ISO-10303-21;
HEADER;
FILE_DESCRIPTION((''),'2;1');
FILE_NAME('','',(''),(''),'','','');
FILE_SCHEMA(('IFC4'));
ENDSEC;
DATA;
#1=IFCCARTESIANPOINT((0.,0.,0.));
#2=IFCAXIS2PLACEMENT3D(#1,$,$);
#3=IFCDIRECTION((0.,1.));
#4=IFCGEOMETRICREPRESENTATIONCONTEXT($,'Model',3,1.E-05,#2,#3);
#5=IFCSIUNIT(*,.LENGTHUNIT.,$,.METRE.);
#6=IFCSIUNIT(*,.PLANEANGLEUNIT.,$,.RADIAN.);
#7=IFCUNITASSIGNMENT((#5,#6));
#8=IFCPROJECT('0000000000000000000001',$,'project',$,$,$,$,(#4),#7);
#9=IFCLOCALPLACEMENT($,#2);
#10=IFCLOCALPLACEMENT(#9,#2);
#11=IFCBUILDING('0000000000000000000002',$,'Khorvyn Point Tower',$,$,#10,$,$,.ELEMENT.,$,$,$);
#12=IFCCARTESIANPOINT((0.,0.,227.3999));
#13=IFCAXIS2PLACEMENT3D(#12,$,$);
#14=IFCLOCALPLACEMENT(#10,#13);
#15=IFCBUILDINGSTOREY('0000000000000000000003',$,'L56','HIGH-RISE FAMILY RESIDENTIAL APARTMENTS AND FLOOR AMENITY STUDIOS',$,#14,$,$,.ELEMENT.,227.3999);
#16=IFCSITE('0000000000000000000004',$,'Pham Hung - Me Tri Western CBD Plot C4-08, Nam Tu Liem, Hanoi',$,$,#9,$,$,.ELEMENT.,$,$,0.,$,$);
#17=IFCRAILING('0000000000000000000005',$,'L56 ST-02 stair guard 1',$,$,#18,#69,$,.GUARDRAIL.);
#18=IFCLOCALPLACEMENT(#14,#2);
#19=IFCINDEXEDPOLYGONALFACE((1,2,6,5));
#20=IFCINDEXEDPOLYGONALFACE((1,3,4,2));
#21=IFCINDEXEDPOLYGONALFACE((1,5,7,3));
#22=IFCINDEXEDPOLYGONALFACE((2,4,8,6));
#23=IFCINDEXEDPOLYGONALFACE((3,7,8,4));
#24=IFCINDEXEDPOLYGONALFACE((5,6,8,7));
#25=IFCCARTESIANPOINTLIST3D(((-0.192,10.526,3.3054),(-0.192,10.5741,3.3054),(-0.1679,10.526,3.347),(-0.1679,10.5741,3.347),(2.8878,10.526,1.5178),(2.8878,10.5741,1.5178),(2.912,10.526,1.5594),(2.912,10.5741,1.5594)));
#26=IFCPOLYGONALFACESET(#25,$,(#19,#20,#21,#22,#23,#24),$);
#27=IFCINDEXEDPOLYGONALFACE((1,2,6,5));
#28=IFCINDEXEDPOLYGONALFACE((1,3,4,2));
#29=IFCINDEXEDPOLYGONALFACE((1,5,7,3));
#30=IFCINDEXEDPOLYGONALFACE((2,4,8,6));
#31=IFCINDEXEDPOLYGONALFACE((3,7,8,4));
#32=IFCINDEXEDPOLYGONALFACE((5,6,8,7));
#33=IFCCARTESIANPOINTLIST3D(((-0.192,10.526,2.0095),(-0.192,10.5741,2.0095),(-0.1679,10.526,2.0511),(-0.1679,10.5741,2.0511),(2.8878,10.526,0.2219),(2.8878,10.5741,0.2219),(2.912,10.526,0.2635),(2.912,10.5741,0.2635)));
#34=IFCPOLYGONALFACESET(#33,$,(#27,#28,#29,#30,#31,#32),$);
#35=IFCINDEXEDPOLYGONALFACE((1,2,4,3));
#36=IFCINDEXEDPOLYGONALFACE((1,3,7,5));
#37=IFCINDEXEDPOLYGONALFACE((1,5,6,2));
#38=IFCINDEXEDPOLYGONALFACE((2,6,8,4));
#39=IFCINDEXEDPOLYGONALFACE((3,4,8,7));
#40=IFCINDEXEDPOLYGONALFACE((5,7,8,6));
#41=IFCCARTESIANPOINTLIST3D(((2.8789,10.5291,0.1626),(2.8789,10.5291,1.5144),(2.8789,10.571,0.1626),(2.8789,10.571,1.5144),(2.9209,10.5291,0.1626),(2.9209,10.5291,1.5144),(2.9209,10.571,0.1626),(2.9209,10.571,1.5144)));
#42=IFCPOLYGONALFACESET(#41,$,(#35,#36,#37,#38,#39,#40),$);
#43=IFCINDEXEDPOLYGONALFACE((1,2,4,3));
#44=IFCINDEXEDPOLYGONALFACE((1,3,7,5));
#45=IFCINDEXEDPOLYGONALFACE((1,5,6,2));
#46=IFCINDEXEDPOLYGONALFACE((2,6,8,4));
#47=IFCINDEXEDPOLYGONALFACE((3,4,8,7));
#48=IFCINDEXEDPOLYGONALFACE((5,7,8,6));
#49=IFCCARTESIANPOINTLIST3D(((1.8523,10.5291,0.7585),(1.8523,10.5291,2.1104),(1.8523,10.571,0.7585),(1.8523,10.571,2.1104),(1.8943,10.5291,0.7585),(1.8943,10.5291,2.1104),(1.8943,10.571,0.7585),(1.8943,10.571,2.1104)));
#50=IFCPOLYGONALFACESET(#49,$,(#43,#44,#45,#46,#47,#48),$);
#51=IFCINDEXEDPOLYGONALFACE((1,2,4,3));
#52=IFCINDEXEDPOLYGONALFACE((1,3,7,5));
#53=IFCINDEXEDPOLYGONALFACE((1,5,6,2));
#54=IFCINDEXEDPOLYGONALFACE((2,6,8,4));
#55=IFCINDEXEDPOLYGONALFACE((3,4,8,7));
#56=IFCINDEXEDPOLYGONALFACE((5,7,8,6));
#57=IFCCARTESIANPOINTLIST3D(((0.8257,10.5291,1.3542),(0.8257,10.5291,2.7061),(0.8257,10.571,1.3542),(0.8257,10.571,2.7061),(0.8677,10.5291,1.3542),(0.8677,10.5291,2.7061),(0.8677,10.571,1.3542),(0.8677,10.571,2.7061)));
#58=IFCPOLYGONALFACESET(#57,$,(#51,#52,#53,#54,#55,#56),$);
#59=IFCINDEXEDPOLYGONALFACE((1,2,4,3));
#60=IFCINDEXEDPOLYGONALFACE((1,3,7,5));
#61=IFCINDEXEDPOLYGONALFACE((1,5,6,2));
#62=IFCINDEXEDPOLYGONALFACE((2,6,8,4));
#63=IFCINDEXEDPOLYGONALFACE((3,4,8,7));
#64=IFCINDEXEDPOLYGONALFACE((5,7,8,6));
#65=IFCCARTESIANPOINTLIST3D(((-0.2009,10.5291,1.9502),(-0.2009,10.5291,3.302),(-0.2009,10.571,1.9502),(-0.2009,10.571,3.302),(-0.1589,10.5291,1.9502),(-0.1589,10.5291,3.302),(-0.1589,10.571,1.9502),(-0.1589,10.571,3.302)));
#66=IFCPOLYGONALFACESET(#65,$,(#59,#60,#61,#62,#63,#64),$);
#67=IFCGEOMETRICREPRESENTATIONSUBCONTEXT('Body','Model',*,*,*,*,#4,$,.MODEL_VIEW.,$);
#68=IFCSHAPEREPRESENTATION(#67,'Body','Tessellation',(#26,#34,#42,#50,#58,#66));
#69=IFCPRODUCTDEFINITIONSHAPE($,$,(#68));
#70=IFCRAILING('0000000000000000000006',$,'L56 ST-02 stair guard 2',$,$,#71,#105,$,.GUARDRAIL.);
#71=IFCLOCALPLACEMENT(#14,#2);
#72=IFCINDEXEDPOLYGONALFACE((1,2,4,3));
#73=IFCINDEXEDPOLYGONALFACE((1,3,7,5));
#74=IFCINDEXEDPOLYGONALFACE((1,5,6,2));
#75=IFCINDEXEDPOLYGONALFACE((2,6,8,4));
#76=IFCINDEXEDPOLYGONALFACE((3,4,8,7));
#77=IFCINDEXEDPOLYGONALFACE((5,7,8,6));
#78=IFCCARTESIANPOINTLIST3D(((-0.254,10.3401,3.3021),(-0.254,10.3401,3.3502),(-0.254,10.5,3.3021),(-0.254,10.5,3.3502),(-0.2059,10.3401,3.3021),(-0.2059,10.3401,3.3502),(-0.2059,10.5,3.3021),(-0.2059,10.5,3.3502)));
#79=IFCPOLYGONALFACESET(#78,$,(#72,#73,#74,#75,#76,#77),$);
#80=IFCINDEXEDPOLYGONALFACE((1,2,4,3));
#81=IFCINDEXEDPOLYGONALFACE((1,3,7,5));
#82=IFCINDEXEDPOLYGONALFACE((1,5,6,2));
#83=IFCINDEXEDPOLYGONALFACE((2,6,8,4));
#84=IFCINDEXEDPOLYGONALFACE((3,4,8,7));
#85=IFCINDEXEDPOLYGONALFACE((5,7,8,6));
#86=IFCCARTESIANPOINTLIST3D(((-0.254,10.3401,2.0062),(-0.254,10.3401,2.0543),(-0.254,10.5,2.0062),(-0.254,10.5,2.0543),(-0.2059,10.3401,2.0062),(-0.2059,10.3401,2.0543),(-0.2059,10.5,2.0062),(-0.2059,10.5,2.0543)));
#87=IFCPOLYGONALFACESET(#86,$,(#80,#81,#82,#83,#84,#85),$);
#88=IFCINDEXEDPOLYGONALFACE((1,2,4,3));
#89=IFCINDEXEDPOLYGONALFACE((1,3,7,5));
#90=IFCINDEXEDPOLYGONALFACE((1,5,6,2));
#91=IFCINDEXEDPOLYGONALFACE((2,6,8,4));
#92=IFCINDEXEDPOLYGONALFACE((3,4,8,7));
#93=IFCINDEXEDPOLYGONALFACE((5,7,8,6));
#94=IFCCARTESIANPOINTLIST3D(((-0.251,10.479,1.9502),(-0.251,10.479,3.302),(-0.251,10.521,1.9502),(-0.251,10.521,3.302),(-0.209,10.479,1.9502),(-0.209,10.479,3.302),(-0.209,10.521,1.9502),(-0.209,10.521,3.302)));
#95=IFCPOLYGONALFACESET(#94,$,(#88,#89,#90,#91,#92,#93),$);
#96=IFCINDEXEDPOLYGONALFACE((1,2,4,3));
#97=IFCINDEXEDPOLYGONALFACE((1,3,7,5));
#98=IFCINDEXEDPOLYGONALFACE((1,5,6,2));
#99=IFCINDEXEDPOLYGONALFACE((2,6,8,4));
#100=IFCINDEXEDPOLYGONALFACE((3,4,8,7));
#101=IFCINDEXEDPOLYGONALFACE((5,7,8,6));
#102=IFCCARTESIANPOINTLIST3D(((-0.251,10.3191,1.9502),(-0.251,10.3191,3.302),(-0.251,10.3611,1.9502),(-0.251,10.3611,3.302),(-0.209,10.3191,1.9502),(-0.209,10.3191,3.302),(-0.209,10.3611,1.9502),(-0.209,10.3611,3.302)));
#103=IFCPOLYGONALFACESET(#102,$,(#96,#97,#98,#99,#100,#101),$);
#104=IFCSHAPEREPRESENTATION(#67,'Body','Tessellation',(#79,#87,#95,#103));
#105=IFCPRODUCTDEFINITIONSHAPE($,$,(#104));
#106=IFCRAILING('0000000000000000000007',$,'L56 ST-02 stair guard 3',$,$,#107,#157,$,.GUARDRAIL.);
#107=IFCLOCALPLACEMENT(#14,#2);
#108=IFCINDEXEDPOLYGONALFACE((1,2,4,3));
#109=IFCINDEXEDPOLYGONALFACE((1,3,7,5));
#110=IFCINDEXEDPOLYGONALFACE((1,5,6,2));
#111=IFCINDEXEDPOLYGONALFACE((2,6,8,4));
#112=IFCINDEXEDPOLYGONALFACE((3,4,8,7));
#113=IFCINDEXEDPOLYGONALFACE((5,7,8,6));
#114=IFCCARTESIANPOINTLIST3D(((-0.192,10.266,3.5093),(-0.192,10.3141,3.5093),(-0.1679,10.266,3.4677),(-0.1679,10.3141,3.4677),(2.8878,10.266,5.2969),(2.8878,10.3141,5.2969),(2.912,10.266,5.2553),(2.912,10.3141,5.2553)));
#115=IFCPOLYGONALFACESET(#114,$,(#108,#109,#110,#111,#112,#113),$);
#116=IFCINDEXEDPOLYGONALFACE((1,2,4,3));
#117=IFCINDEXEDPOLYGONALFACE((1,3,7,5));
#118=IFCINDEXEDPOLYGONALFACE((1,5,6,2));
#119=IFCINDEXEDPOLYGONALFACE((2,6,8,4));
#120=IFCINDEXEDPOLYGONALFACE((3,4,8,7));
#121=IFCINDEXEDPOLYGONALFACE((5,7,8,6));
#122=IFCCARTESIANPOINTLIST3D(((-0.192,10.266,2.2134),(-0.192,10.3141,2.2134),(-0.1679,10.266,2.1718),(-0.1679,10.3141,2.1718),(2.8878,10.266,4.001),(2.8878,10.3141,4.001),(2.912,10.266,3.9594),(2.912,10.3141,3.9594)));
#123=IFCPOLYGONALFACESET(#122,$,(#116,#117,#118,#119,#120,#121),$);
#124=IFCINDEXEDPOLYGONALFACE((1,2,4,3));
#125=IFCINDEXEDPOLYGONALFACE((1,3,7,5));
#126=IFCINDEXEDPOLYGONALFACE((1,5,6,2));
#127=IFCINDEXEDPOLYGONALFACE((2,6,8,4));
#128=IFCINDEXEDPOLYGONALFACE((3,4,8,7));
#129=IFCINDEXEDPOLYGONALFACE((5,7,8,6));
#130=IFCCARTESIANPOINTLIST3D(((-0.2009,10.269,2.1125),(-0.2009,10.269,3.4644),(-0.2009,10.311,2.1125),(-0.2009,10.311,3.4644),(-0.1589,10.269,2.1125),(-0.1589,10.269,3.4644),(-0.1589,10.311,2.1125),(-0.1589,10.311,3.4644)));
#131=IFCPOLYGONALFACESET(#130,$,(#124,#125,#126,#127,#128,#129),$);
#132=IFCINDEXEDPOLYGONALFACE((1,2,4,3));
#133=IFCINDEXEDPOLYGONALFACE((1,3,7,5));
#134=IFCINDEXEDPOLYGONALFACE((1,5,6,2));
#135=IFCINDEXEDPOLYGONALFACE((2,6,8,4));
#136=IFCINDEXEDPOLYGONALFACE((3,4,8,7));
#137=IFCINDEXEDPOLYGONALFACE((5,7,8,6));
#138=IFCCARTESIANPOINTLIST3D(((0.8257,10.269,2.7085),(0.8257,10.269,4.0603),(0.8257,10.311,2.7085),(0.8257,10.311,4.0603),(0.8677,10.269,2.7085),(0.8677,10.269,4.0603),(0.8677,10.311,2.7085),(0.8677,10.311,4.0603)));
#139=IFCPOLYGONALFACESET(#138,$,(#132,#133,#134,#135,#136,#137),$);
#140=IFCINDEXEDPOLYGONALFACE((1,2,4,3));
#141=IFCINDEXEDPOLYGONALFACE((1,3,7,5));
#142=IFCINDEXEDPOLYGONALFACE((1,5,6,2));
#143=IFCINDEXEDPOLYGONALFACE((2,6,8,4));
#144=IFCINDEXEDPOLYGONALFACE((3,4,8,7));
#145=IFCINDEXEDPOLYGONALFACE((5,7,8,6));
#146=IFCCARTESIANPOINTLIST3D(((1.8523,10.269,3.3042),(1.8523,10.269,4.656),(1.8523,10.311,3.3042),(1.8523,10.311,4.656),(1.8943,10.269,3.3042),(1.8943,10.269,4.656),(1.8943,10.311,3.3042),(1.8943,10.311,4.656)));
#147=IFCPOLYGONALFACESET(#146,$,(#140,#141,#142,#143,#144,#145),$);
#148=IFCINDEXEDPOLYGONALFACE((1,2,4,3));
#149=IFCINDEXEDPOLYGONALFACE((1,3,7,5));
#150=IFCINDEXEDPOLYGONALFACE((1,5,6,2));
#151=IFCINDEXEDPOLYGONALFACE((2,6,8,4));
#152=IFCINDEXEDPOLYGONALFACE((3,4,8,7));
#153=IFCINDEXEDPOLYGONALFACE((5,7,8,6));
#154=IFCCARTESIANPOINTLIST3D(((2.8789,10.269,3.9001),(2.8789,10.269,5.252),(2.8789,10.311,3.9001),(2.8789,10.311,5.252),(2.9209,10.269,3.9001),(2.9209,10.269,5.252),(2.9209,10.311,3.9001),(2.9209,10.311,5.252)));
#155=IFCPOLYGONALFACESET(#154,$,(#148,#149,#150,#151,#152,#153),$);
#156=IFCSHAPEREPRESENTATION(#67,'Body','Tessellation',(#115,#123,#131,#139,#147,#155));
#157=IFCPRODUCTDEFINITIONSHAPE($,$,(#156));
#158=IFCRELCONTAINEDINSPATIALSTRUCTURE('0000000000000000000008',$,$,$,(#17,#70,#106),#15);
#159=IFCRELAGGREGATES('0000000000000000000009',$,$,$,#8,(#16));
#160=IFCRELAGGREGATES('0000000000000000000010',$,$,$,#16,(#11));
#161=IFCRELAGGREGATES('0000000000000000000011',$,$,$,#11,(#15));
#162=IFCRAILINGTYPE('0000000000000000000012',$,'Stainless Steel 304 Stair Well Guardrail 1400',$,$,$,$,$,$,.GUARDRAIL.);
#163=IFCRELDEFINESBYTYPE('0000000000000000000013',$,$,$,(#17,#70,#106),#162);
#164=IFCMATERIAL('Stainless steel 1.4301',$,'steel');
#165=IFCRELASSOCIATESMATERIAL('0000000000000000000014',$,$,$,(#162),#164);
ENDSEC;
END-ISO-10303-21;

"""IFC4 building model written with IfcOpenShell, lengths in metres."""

from ifc_helpers import new_model, si_unit, direction, frame, origin, origin_2d, place, context, subcontext, project, spatial, rectangle, extrude, material, type_object, element, save


model = new_model("IFC4")

# Units and contexts
model_context = context("Model", 3, precision=1e-05, world=origin(), true_north=direction((0.0, 1.0)))
body_context = subcontext(model_context, "Body", "Model", "MODEL_VIEW")
ifc_project = project(units=[si_unit("LENGTHUNIT", "METRE"), si_unit("PLANEANGLEUNIT", "RADIAN")], contexts=[model_context])

# Site, building, storey
site_placement = place(None, origin())
site = spatial("IfcSite", under=ifc_project, at=site_placement, Name="Pham Hung - Me Tri Western CBD Plot C4-08, Nam Tu Liem, Hanoi", CompositionType="ELEMENT", RefElevation=0.0)
building_placement = place(site_placement, origin())
building = spatial("IfcBuilding", under=site, at=building_placement, Name="Khorvyn Point Tower", CompositionType="ELEMENT")
storey_placement = place(building_placement, frame((0.0, 0.0, 227.3999)))
storey = spatial("IfcBuildingStorey", under=building, at=storey_placement, Name="L56", Description="HIGH-RISE FAMILY RESIDENTIAL APARTMENTS AND FLOOR AMENITY STUDIOS", CompositionType="ELEMENT", Elevation=227.3999)

# Railings
ifc_material_1 = material(Name="Stainless steel 1.4301", Category="steel")
railing_type_1 = type_object("IfcRailingType", Name="Stainless Steel 304 Stair Well Guardrail 1400", PredefinedType="GUARDRAIL", material=ifc_material_1)
railing_1_placement = place(storey_placement, frame((2.8999, 10.55, 0.1626)))
element("IfcRailing", 1, at=railing_1_placement, inside=storey, type_object=railing_type_1, Name="L56 ST-02 stair guard 1", PredefinedType="GUARDRAIL", context=body_context, shape_type="SweptSolid", body=[
    extrude(rectangle(XDim=0.0481, YDim=0.0481, at=origin_2d()), frame((0.0, 0.0, 1.376), z_axis=(-0.864873, 0.0, 0.50199), x_axis=(0.0, -1.0, 0.0)), (0.0, 0.0, 1.0), 3.561),
    extrude(rectangle(XDim=0.0481, YDim=0.0481, at=origin_2d()), frame((0.0, 0.0, 0.0801), z_axis=(-0.864873, 0.0, 0.50199), x_axis=(0.0, -1.0, 0.0)), (0.0, 0.0, 1.0), 3.561),
    extrude(rectangle(XDim=0.042, YDim=0.042, at=origin_2d()), origin(), (0.0, 0.0, 1.0), 1.3518),
    extrude(rectangle(XDim=0.042, YDim=0.042, at=origin_2d()), frame((-1.0266, 0.0, 0.5959)), (0.0, 0.0, 1.0), 1.3518),
    extrude(rectangle(XDim=0.042, YDim=0.042, at=origin_2d()), frame((-2.0532, 0.0, 1.1917)), (0.0, 0.0, 1.0), 1.3518),
    extrude(rectangle(XDim=0.042, YDim=0.042, at=origin_2d()), frame((-3.0798, 0.0, 1.7876)), (0.0, 0.0, 1.0), 1.3518),
])
railing_2_placement = place(storey_placement, frame((-0.23, 10.5, 1.9502)))
element("IfcRailing", 2, at=railing_2_placement, inside=storey, type_object=railing_type_1, Name="L56 ST-02 stair guard 2", PredefinedType="GUARDRAIL", context=body_context, shape_type="SweptSolid", body=[
    extrude(rectangle(XDim=0.0481, YDim=0.0481, at=origin_2d()), frame((0.0, 0.0, 1.376), z_axis=(0.0, -1.0, 0.0), x_axis=(1.0, 0.0, 0.0)), (0.0, 0.0, 1.0), 0.1599),
    extrude(rectangle(XDim=0.0481, YDim=0.0481, at=origin_2d()), frame((0.0, 0.0, 0.0801), z_axis=(0.0, -1.0, 0.0), x_axis=(1.0, 0.0, 0.0)), (0.0, 0.0, 1.0), 0.1599),
    extrude(rectangle(XDim=0.042, YDim=0.042, at=origin_2d()), origin(), (0.0, 0.0, 1.0), 1.3518),
    extrude(rectangle(XDim=0.042, YDim=0.042, at=origin_2d()), frame((0.0, -0.1599, 0.0)), (0.0, 0.0, 1.0), 1.3518),
])
railing_3_placement = place(storey_placement, frame((-0.1799, 10.29, 2.1125)))
element("IfcRailing", 3, at=railing_3_placement, inside=storey, type_object=railing_type_1, Name="L56 ST-02 stair guard 3", PredefinedType="GUARDRAIL", context=body_context, shape_type="SweptSolid", body=[
    extrude(rectangle(XDim=0.0481, YDim=0.0481, at=origin_2d()), frame((0.0, 0.0, 1.376), z_axis=(0.864873, 0.0, 0.50199), x_axis=(0.0, 1.0, 0.0)), (0.0, 0.0, 1.0), 3.561),
    extrude(rectangle(XDim=0.0481, YDim=0.0481, at=origin_2d()), frame((0.0, 0.0, 0.0801), z_axis=(0.864873, 0.0, 0.50199), x_axis=(0.0, 1.0, 0.0)), (0.0, 0.0, 1.0), 3.561),
    extrude(rectangle(XDim=0.042, YDim=0.042, at=origin_2d()), origin(), (0.0, 0.0, 1.0), 1.3518),
    extrude(rectangle(XDim=0.042, YDim=0.042, at=origin_2d()), frame((1.0266, 0.0, 0.5959)), (0.0, 0.0, 1.0), 1.3518),
    extrude(rectangle(XDim=0.042, YDim=0.042, at=origin_2d()), frame((2.0532, 0.0, 1.1917)), (0.0, 0.0, 1.0), 1.3518),
    extrude(rectangle(XDim=0.042, YDim=0.042, at=origin_2d()), frame((3.0798, 0.0, 1.7876)), (0.0, 0.0, 1.0), 1.3518),
])

save(model, "model.ifc")
